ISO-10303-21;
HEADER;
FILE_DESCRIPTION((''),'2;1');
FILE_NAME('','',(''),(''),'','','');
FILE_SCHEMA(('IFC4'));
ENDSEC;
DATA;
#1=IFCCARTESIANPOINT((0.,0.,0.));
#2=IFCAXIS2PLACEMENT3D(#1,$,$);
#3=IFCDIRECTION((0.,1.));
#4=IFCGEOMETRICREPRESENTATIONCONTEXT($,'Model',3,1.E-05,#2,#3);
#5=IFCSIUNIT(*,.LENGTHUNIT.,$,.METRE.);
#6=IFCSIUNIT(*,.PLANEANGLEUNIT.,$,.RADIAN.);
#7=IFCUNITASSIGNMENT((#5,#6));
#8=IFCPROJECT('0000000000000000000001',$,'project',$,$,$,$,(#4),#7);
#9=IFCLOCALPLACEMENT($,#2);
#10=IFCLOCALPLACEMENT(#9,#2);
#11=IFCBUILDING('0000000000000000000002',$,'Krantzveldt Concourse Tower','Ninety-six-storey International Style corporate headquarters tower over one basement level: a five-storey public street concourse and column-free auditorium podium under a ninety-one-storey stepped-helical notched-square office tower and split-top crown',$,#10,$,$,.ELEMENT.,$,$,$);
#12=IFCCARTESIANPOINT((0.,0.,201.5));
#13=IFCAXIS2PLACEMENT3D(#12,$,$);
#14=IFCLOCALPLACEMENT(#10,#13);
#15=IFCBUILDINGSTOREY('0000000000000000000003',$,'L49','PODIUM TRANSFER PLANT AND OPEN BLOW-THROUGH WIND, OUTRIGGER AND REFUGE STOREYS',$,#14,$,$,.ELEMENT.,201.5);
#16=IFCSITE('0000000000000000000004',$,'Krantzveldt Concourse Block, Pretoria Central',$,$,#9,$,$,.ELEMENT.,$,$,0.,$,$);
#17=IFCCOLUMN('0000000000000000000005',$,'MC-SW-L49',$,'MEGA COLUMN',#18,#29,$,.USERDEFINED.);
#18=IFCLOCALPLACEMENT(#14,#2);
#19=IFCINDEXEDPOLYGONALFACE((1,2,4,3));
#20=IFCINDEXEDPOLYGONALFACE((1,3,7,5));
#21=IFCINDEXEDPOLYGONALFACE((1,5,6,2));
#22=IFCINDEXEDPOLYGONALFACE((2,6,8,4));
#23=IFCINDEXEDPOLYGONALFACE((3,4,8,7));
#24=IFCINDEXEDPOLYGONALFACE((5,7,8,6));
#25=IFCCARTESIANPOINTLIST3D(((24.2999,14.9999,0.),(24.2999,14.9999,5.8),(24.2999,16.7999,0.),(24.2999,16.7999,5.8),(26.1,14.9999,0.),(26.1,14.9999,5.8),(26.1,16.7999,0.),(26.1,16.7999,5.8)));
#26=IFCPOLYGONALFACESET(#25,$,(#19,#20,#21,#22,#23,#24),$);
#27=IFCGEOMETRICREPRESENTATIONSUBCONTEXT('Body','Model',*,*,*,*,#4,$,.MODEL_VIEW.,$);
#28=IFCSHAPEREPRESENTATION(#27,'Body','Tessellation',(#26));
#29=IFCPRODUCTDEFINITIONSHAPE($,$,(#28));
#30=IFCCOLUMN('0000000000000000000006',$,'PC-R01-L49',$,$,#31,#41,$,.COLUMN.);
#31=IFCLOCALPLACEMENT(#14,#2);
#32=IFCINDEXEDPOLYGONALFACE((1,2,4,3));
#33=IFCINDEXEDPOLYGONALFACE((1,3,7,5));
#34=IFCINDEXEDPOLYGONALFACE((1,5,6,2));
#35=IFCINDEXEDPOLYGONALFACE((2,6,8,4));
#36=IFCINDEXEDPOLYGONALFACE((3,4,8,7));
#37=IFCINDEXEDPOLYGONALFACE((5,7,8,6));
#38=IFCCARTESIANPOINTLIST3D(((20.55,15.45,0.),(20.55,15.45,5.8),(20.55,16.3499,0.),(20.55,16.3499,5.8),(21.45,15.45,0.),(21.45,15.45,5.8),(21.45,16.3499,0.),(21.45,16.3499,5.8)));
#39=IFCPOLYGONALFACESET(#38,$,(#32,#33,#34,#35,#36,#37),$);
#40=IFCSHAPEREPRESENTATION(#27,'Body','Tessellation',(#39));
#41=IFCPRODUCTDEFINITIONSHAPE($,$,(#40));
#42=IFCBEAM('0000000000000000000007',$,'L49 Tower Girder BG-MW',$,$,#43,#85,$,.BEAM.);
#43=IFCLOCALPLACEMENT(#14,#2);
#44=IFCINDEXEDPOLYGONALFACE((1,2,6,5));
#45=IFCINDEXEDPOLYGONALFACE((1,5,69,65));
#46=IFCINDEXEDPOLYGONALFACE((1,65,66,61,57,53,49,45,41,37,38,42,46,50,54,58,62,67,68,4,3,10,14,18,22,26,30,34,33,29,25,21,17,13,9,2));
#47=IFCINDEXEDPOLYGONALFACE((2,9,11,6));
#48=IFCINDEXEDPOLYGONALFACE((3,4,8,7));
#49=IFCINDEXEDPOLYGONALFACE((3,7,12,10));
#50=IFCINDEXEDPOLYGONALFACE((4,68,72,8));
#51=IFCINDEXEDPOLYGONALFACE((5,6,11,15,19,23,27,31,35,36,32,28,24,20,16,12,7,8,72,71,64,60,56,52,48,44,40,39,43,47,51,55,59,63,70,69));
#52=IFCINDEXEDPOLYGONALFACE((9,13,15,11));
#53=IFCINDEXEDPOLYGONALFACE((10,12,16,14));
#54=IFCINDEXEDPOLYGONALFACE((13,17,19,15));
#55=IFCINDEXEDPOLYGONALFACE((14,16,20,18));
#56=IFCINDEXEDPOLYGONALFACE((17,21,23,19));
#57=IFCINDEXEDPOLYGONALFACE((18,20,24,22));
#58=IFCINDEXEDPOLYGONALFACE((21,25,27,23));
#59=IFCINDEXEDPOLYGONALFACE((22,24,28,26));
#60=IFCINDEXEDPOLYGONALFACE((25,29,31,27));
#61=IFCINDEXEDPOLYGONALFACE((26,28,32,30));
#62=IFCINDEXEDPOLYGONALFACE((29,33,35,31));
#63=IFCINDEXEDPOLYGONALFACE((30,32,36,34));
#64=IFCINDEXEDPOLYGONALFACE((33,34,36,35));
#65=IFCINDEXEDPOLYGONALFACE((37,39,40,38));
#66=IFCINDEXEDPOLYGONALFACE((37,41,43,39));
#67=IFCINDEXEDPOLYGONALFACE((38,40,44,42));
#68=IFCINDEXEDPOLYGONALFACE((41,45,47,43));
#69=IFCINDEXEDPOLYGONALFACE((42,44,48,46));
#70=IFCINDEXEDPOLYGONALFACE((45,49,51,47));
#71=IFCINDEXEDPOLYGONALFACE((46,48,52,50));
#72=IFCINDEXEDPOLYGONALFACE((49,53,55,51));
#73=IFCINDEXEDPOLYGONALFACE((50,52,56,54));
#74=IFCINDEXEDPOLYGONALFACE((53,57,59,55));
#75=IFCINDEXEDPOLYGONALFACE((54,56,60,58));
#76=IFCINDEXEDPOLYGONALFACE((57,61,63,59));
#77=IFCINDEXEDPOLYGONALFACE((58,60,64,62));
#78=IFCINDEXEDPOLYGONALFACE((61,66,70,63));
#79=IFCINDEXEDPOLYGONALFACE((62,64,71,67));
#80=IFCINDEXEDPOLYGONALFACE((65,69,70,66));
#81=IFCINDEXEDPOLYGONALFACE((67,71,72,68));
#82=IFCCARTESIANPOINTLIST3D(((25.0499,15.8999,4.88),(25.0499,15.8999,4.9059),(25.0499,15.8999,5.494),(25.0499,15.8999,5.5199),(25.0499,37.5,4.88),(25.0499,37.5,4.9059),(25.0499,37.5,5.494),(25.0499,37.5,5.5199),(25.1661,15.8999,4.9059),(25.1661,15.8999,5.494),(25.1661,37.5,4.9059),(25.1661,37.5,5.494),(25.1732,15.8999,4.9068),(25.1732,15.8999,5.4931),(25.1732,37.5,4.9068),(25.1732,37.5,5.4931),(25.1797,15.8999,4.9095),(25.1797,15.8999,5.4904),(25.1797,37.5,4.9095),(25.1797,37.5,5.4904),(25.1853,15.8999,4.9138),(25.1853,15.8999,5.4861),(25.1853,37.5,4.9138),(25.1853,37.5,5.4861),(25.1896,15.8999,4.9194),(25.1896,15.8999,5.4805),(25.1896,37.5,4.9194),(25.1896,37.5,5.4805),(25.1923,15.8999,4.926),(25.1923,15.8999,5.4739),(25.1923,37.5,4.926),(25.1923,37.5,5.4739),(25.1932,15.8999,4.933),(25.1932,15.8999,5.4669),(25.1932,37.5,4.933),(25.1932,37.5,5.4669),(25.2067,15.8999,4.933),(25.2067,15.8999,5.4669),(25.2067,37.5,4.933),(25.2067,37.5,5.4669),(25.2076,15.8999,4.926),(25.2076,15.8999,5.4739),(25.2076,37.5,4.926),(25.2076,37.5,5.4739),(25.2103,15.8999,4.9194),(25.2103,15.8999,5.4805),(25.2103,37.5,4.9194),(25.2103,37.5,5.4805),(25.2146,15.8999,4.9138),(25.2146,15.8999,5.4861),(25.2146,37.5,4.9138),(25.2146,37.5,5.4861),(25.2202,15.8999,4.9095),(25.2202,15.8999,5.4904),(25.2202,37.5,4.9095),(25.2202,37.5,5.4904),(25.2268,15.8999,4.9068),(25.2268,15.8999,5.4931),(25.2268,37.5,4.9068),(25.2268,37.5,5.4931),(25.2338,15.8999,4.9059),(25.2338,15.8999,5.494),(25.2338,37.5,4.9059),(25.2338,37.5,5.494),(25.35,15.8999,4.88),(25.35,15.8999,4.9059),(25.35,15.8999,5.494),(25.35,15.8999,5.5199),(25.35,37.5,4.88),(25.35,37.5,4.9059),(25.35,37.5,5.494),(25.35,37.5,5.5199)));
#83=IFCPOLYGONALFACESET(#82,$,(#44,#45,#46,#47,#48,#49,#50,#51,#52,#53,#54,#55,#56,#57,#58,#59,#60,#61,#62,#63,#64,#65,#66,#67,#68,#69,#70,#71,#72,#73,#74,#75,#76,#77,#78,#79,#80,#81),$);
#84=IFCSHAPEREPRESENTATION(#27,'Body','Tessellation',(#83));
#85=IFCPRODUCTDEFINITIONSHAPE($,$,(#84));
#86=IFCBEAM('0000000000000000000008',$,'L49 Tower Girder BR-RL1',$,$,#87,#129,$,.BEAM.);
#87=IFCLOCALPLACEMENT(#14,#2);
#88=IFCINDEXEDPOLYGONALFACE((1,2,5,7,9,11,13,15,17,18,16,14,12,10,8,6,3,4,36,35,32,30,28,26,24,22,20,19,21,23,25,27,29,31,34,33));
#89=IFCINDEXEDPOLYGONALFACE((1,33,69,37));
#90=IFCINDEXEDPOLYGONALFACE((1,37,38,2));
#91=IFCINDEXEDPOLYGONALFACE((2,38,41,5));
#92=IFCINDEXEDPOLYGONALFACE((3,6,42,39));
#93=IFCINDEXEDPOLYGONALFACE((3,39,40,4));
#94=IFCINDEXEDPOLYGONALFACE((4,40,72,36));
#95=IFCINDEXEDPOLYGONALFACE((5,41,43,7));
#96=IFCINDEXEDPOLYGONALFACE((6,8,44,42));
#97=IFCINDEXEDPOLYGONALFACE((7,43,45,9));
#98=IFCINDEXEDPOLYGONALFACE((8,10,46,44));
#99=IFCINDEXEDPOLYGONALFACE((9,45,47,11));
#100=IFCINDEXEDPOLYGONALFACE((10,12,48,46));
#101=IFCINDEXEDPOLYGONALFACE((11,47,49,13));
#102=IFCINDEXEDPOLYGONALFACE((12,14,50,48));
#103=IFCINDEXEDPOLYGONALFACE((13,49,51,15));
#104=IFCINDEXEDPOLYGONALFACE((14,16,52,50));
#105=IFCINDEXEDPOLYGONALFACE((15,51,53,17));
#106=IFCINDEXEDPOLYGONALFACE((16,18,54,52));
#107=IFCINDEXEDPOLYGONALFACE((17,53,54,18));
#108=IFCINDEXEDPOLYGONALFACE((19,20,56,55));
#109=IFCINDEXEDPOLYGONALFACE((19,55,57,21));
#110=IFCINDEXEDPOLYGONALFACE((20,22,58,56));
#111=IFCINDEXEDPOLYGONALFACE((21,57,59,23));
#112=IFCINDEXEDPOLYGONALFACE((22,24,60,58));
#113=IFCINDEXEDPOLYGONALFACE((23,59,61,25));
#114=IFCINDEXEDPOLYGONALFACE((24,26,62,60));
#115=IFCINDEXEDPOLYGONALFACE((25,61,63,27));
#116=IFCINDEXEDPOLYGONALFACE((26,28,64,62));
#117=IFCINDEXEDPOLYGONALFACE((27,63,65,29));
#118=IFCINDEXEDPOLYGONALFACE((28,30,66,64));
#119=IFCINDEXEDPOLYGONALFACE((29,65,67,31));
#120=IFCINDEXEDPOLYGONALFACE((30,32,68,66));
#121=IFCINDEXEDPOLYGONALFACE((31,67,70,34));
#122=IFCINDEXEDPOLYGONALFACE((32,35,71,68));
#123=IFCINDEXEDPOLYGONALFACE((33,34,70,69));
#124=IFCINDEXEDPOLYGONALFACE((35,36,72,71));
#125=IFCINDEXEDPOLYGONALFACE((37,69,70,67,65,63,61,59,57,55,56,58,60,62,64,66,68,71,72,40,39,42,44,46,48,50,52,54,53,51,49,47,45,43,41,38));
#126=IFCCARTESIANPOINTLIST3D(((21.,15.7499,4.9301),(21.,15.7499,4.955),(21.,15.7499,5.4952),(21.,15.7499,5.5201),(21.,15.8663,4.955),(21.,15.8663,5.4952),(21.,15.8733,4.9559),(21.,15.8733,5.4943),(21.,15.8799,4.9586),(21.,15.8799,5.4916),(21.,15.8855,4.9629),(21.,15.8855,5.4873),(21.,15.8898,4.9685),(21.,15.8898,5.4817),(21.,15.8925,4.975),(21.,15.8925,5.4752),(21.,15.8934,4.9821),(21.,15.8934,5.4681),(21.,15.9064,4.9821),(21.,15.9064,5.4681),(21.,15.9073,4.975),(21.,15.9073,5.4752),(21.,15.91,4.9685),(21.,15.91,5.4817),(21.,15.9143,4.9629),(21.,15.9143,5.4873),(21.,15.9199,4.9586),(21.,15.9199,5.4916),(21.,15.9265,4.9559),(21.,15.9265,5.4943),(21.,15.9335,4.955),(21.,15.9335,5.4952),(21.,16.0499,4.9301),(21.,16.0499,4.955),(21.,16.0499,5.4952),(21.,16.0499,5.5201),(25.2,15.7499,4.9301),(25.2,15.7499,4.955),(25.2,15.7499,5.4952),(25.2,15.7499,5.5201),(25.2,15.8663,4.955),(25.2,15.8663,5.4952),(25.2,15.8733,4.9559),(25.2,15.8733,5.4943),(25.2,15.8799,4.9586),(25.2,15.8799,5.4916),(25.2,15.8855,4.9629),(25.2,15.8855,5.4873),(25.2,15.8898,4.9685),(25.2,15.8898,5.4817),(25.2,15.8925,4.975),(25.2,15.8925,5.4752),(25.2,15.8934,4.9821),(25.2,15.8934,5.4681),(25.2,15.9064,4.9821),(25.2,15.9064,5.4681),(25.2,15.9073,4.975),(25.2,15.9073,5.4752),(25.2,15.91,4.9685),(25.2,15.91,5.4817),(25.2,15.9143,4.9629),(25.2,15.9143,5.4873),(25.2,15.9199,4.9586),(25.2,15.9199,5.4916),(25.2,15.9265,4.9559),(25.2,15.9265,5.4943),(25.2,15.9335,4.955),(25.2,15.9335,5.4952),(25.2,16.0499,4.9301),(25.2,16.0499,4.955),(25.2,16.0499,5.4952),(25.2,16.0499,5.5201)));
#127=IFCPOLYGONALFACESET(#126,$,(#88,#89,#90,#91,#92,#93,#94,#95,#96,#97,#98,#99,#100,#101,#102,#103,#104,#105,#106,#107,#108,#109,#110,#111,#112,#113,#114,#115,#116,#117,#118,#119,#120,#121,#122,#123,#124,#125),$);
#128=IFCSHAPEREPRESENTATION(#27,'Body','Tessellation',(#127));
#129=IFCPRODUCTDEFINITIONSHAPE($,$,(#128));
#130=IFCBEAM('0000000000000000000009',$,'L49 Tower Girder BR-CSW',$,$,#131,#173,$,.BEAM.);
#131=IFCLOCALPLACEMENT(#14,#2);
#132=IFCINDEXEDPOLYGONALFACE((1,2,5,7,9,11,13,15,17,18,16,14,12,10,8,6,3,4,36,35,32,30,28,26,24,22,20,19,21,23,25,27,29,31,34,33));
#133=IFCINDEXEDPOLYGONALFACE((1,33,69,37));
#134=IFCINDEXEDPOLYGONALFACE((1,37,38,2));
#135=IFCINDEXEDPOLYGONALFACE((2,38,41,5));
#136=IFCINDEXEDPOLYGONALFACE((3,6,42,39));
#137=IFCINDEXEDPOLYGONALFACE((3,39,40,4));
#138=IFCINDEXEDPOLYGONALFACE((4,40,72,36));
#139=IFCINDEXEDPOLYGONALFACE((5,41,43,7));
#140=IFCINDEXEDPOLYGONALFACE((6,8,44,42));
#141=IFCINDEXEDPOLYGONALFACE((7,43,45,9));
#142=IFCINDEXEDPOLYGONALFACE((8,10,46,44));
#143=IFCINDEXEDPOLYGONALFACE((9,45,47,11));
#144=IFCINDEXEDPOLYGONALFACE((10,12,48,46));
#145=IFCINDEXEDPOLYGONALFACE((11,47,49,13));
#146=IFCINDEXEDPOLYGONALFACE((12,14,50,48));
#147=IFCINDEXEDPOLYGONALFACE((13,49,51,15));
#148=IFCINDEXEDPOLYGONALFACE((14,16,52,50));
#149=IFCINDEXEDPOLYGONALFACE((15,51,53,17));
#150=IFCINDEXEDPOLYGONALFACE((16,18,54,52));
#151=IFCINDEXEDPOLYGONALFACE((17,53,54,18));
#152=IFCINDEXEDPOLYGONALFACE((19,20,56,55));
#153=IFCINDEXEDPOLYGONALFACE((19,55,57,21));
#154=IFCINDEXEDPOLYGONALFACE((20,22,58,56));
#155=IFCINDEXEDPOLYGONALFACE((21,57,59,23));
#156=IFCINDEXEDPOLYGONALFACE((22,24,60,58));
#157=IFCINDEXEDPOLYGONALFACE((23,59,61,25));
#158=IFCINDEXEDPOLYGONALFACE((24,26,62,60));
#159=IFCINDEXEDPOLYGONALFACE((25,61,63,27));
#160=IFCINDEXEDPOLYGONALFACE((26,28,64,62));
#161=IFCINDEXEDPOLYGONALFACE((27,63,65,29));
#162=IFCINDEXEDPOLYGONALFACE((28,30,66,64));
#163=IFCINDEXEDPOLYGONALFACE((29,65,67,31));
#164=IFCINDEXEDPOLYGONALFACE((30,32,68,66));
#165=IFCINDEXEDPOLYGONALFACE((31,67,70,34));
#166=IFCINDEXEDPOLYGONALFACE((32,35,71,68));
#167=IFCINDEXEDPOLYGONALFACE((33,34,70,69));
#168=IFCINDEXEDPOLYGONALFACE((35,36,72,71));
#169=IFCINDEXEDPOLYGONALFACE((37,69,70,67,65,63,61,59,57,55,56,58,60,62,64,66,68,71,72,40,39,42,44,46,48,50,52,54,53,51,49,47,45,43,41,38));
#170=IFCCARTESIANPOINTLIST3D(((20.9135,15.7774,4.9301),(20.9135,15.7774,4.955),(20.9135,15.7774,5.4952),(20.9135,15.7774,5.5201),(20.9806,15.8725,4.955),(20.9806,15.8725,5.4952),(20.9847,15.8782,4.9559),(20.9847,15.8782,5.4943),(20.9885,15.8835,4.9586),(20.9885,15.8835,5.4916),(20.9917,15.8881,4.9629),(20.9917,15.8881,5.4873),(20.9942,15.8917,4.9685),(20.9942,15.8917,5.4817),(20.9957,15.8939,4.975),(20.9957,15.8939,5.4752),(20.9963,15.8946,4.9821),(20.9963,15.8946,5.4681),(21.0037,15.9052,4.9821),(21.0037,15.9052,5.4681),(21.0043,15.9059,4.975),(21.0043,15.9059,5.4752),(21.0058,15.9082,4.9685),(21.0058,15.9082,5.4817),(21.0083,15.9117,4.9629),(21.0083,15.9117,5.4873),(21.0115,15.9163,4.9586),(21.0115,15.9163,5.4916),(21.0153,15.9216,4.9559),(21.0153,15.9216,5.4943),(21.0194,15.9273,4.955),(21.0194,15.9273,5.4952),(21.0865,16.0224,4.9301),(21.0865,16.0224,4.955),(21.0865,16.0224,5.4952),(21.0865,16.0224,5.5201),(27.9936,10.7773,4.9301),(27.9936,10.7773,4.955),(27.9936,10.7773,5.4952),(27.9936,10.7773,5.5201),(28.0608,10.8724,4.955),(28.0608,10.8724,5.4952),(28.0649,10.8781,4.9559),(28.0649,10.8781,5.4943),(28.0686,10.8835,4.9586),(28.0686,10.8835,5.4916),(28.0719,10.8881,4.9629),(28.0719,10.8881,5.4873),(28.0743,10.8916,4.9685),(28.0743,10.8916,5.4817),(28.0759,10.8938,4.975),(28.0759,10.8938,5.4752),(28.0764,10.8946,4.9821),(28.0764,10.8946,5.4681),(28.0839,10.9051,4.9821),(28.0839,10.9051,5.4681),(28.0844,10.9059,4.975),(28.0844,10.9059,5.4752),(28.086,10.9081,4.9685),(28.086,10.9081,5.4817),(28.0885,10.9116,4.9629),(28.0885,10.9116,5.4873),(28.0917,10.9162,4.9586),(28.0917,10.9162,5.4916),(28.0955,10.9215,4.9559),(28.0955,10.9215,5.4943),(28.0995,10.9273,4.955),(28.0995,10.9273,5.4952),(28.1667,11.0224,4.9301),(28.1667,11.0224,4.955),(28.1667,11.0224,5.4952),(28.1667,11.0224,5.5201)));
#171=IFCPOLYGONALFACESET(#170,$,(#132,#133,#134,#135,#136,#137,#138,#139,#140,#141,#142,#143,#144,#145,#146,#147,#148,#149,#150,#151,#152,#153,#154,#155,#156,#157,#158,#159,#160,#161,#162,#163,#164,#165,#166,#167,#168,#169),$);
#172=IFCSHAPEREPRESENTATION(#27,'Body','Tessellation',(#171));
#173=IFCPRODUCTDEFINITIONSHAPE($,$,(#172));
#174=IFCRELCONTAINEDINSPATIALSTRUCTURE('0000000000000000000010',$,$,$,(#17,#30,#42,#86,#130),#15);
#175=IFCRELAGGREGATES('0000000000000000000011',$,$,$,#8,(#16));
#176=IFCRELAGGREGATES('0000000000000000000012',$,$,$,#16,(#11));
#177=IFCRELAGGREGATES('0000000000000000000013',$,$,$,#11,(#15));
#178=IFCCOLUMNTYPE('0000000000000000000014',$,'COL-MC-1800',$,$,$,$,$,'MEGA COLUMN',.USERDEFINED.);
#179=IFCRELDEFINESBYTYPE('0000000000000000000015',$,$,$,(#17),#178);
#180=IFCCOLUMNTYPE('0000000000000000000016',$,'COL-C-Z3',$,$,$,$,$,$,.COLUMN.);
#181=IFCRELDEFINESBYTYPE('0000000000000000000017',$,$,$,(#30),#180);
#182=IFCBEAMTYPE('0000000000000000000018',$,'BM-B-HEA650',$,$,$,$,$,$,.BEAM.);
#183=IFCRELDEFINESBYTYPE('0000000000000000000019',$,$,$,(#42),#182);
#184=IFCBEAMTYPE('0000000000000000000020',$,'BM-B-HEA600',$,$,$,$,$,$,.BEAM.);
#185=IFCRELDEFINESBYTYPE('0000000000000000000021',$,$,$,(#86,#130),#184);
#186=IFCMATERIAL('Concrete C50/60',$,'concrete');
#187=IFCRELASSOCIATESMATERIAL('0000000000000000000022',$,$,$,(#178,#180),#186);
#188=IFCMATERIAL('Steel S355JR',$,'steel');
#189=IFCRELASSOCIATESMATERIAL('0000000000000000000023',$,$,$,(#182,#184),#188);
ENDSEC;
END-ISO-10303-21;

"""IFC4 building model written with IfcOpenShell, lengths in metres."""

from ifc_helpers import new_model, si_unit, direction, frame, origin, origin_2d, place, context, subcontext, project, spatial, rectangle, i_section, extrude, source, transform, mapped, material, material_profile, profile_set, type_object, type_shapes, element, save


model = new_model("IFC4")

# Units and contexts
model_context = context("Model", 3, precision=1e-05, world=origin(), true_north=direction((0.0, 1.0)))
body_context = subcontext(model_context, "Body", "Model", "MODEL_VIEW")
ifc_project = project(units=[si_unit("LENGTHUNIT", "METRE"), si_unit("PLANEANGLEUNIT", "RADIAN")], contexts=[model_context])

# Site, building, storey
site_placement = place(None, origin())
site = spatial("IfcSite", under=ifc_project, at=site_placement, Name="Krantzveldt Concourse Block, Pretoria Central", CompositionType="ELEMENT", RefElevation=0.0)
building_placement = place(site_placement, origin())
building = spatial("IfcBuilding", under=site, at=building_placement, Name="Krantzveldt Concourse Tower", Description="Ninety-six-storey International Style corporate headquarters tower over one basement level: a five-storey public street concourse and column-free auditorium podium under a ninety-one-storey stepped-helical notched-square office tower and split-top crown", CompositionType="ELEMENT")
storey_placement = place(building_placement, frame((0.0, 0.0, 201.5)))
storey = spatial("IfcBuildingStorey", under=building, at=storey_placement, Name="L49", Description="PODIUM TRANSFER PLANT AND OPEN BLOW-THROUGH WIND, OUTRIGGER AND REFUGE STOREYS", CompositionType="ELEMENT", Elevation=201.5)

# Columns
ifc_material_1 = material(Name="Concrete C50/60", Category="concrete")
ifc_material_profile_1 = material_profile(ifc_material_1, rectangle(XDim=1.8, YDim=1.8, at=origin_2d()), Name="Concrete C50/60", Category="concrete")
ifc_profile_set_1 = profile_set([ifc_material_profile_1], Name="Concrete C50/60 - RC 1800x1800")
column_type_1 = type_object("IfcColumnType", Name="COL-MC-1800", ElementType="MEGA COLUMN", PredefinedType="USERDEFINED", material=ifc_profile_set_1)
shared_shape_1 = source(origin(), body_context, "Body", "SweptSolid", [
    extrude(rectangle(XDim=1.8, YDim=1.8, at=origin_2d()), origin(), (0.0, 0.0, 1.0), 5.8),
])
type_shapes(column_type_1, [shared_shape_1])
column_1_placement = place(storey_placement, frame((25.2, 15.8999, 0.0), z_axis=(0.0, 0.0, 1.0), x_axis=(1.0, 0.0, 0.0)))
element("IfcColumn", 1, at=column_1_placement, inside=storey, type_object=column_type_1, Name="MC-SW-L49", ObjectType="MEGA COLUMN", PredefinedType="USERDEFINED", context=body_context, shape_type="MappedRepresentation", body=[
    mapped(shared_shape_1, transform((0.0, 0.0, 0.0), x_axis=(1.0, 0.0, 0.0), y_axis=(0.0, 1.0, 0.0), z_axis=(0.0, 0.0, 1.0), scale=1.0)),
])
ifc_material_profile_2 = material_profile(ifc_material_1, rectangle(XDim=0.8999, YDim=0.8999, at=origin_2d()), Name="Concrete C50/60", Category="concrete")
ifc_profile_set_2 = profile_set([ifc_material_profile_2], Name="Concrete C50/60 - RC 900x900")
column_type_2 = type_object("IfcColumnType", Name="COL-C-Z3", PredefinedType="COLUMN", material=ifc_profile_set_2)
shared_shape_2 = source(origin(), body_context, "Body", "SweptSolid", [
    extrude(rectangle(XDim=0.8999, YDim=0.8999, at=origin_2d()), origin(), (0.0, 0.0, 1.0), 5.8),
])
type_shapes(column_type_2, [shared_shape_2])
column_2_placement = place(storey_placement, frame((21.0, 15.8999, 0.0), z_axis=(0.0, 0.0, 1.0), x_axis=(1.0, 0.0, 0.0)))
element("IfcColumn", 2, at=column_2_placement, inside=storey, type_object=column_type_2, Name="PC-R01-L49", PredefinedType="COLUMN", context=body_context, shape_type="MappedRepresentation", body=[
    mapped(shared_shape_2, transform((0.0, 0.0, 0.0), x_axis=(1.0, 0.0, 0.0), y_axis=(0.0, 1.0, 0.0), z_axis=(0.0, 0.0, 1.0), scale=1.0)),
])

# Beams
ifc_material_2 = material(Name="Steel S355JR", Category="steel")
ifc_material_profile_3 = material_profile(ifc_material_2, i_section(OverallWidth=0.3, OverallDepth=0.6399, WebThickness=0.0134, FlangeThickness=0.0259, FilletRadius=0.0271, at=origin_2d()), Name="Steel S355JR", Category="steel")
ifc_profile_set_3 = profile_set([ifc_material_profile_3], Name="Steel S355JR - HEA 650")
beam_type_1 = type_object("IfcBeamType", Name="BM-B-HEA650", PredefinedType="BEAM", material=ifc_profile_set_3)
shared_shape_3 = source(origin(), body_context, "Body", "SweptSolid", [
    extrude(i_section(OverallWidth=0.3, OverallDepth=0.6399, WebThickness=0.0134, FlangeThickness=0.0259, FilletRadius=0.0271, at=origin_2d()), origin(), (0.0, 0.0, 1.0), 21.6001),
])
beam_1_placement = place(storey_placement, frame((25.2, 15.8999, 5.2), z_axis=(0.0, 1.0, 0.0), x_axis=(-1.0, 0.0, 0.0)))
element("IfcBeam", 3, at=beam_1_placement, inside=storey, type_object=beam_type_1, Name="L49 Tower Girder BG-MW", PredefinedType="BEAM", context=body_context, shape_type="MappedRepresentation", body=[
    mapped(shared_shape_3, transform((0.0, 0.0, 0.0), x_axis=(1.0, 0.0, 0.0), y_axis=(0.0, 1.0, 0.0), z_axis=(0.0, 0.0, 1.0), scale=1.0)),
])
ifc_material_profile_4 = material_profile(ifc_material_2, i_section(OverallWidth=0.3, OverallDepth=0.5901, WebThickness=0.0129, FlangeThickness=0.0249, FilletRadius=0.0271, at=origin_2d()), Name="Steel S355JR", Category="steel")
ifc_profile_set_4 = profile_set([ifc_material_profile_4], Name="Steel S355JR - HEA 600")
beam_type_2 = type_object("IfcBeamType", Name="BM-B-HEA600", PredefinedType="BEAM", material=ifc_profile_set_4)
shared_shape_4 = source(origin(), body_context, "Body", "SweptSolid", [
    extrude(i_section(OverallWidth=0.3, OverallDepth=0.5901, WebThickness=0.0129, FlangeThickness=0.0249, FilletRadius=0.0271, at=origin_2d()), origin(), (0.0, 0.0, 1.0), 4.2),
])
beam_2_placement = place(storey_placement, frame((21.0, 15.8999, 5.2251), z_axis=(1.0, 0.0, 0.0), x_axis=(0.0, 1.0, 0.0)))
element("IfcBeam", 4, at=beam_2_placement, inside=storey, type_object=beam_type_2, Name="L49 Tower Girder BR-RL1", PredefinedType="BEAM", context=body_context, shape_type="MappedRepresentation", body=[
    mapped(shared_shape_4, transform((0.0, 0.0, 0.0), x_axis=(1.0, 0.0, 0.0), y_axis=(0.0, 1.0, 0.0), z_axis=(0.0, 0.0, 1.0), scale=1.0)),
])
shared_shape_5 = source(origin(), body_context, "Body", "SweptSolid", [
    extrude(i_section(OverallWidth=0.3, OverallDepth=0.5901, WebThickness=0.0129, FlangeThickness=0.0249, FilletRadius=0.0271, at=origin_2d()), origin(), (0.0, 0.0, 1.0), 8.6677),
])
type_shapes(beam_type_2, [shared_shape_4, shared_shape_5])
beam_3_placement = place(storey_placement, frame((21.0, 15.8999, 5.2251), z_axis=(0.816843, -0.57686, 0.0), x_axis=(0.57686, 0.816843, 0.0)))
element("IfcBeam", 5, at=beam_3_placement, inside=storey, type_object=beam_type_2, Name="L49 Tower Girder BR-CSW", PredefinedType="BEAM", context=body_context, shape_type="MappedRepresentation", body=[
    mapped(shared_shape_5, transform((0.0, 0.0, 0.0), x_axis=(1.0, 0.0, 0.0), y_axis=(0.0, 1.0, 0.0), z_axis=(0.0, 0.0, 1.0), scale=1.0)),
])

save(model, "model.ifc")
